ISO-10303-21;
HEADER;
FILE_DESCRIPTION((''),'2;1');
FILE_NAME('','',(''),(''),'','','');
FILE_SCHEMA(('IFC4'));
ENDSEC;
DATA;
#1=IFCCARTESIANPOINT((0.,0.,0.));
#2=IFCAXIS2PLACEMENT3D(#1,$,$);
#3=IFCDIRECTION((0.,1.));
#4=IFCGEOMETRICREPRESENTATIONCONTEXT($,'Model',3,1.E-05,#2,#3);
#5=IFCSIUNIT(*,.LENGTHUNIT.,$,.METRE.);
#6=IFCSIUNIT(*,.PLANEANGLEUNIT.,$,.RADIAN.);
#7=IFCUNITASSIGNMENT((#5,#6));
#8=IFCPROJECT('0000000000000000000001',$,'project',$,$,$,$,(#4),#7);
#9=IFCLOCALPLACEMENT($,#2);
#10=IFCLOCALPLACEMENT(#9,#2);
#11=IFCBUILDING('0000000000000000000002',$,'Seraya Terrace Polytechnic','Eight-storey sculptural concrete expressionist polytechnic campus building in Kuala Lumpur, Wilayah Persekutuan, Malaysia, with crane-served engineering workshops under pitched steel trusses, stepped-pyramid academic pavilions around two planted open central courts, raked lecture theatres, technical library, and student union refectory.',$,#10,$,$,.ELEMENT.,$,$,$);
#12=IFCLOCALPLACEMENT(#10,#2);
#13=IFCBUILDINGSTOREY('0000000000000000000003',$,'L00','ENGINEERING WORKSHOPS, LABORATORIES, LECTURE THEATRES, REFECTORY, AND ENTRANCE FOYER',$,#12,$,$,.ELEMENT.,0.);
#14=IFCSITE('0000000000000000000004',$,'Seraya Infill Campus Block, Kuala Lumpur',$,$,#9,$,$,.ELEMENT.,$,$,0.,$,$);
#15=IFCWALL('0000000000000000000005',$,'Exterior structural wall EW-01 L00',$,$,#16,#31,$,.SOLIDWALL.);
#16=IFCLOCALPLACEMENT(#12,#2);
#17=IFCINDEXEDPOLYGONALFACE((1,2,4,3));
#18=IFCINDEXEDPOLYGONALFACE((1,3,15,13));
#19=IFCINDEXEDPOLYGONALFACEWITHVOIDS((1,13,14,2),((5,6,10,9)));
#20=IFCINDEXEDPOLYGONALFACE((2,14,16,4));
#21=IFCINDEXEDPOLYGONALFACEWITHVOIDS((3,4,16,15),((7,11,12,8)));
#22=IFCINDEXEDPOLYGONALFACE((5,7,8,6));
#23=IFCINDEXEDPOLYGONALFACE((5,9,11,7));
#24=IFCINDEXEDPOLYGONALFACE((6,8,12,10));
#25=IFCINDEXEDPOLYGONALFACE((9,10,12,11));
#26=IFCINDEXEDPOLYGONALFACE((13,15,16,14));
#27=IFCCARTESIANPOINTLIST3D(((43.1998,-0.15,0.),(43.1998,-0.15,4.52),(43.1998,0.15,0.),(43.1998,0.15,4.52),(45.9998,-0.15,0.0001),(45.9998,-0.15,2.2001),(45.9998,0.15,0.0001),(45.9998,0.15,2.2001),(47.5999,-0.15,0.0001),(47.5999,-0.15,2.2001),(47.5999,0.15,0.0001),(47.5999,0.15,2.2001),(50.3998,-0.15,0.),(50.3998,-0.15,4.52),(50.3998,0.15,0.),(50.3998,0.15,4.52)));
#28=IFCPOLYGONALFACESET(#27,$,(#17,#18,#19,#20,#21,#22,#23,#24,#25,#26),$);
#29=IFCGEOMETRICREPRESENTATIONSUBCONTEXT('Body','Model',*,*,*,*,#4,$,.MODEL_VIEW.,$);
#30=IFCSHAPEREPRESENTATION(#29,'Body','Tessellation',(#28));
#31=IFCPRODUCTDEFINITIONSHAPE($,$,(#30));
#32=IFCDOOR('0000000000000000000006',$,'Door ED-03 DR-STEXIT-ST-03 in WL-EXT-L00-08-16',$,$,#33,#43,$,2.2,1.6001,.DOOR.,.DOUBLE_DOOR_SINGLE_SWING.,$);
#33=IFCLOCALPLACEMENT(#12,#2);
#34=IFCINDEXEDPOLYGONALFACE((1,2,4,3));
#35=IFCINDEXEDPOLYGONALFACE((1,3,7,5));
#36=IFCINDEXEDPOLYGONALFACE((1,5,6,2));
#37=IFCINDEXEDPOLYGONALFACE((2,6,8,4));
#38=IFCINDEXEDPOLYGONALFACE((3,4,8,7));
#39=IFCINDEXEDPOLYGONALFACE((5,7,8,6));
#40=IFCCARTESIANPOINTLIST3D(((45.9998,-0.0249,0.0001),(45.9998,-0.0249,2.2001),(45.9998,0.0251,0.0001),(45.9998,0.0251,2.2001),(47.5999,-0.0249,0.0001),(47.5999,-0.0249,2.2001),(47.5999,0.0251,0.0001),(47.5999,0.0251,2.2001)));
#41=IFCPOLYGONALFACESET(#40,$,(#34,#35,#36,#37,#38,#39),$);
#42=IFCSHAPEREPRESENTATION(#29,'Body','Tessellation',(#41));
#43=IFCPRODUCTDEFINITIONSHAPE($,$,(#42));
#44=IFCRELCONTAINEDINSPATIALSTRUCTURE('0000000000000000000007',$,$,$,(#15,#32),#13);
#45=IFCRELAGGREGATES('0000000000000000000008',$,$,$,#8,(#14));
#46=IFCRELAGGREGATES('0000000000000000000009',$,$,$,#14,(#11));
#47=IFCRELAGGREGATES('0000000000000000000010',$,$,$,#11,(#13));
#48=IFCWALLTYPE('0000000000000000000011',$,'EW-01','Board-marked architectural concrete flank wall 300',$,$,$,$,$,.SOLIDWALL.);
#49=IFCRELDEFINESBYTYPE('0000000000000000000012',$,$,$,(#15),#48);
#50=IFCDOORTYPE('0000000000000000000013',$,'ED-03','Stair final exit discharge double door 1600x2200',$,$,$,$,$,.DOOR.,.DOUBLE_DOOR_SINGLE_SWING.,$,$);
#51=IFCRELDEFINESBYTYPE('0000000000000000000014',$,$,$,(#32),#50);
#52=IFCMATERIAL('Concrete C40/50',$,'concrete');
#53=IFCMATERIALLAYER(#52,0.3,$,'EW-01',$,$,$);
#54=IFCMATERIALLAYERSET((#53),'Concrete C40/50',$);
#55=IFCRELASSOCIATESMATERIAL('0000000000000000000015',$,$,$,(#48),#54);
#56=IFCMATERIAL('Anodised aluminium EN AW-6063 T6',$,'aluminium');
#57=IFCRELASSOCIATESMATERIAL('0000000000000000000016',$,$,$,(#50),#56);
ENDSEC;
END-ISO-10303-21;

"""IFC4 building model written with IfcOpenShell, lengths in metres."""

from ifc_helpers import new_model, si_unit, direction, frame, frame_2d, origin, place, context, subcontext, project, spatial, rectangle, extrude, material, layer, layer_set, type_object, element, fill, save


model = new_model("IFC4")

# Units and contexts
model_context = context("Model", 3, precision=1e-05, world=origin(), true_north=direction((0.0, 1.0)))
body_context = subcontext(model_context, "Body", "Model", "MODEL_VIEW")
ifc_project = project(units=[si_unit("LENGTHUNIT", "METRE"), si_unit("PLANEANGLEUNIT", "RADIAN")], contexts=[model_context])

# Site, building, storey
site_placement = place(None, origin())
site = spatial("IfcSite", under=ifc_project, at=site_placement, Name="Seraya Infill Campus Block, Kuala Lumpur", CompositionType="ELEMENT", RefElevation=0.0)
building_placement = place(site_placement, origin())
building = spatial("IfcBuilding", under=site, at=building_placement, Name="Seraya Terrace Polytechnic", Description="Eight-storey sculptural concrete expressionist polytechnic campus building in Kuala Lumpur, Wilayah Persekutuan, Malaysia, with crane-served engineering workshops under pitched steel trusses, stepped-pyramid academic pavilions around two planted open central courts, raked lecture theatres, technical library, and student union refectory.", CompositionType="ELEMENT")
storey_placement = place(building_placement, origin())
storey = spatial("IfcBuildingStorey", under=building, at=storey_placement, Name="L00", Description="ENGINEERING WORKSHOPS, LABORATORIES, LECTURE THEATRES, REFECTORY, AND ENTRANCE FOYER", CompositionType="ELEMENT", Elevation=0.0)

# Shared definitions
ifc_material_1 = material(Name="Concrete C40/50", Category="concrete")

# Shared definitions
ifc_layer = layer(ifc_material_1, 0.3, Name="EW-01")
ifc_layer_set = layer_set([ifc_layer], Name="Concrete C40/50")
wall_type = type_object("IfcWallType", Name="EW-01", Description="Board-marked architectural concrete flank wall 300", PredefinedType="SOLIDWALL", material=ifc_layer_set)

# Wall, opening, door
wall_1_placement = place(storey_placement, frame((50.3999, 0.0, 0.0), z_axis=(0.0, 0.0, 1.0), x_axis=(-1.0, 0.0, 0.0)))
wall_1 = element("IfcWall", 1, at=wall_1_placement, inside=storey, type_object=wall_type, Name="Exterior structural wall EW-01 L00", PredefinedType="SOLIDWALL", context=body_context, shape_type="SweptSolid", body=[
    extrude(rectangle(XDim=7.2, YDim=0.3, at=frame_2d((3.6001, 0.0))), origin(), (0.0, 0.0, 1.0), 4.52),
])
opening_1_placement = place(wall_1_placement, frame((2.8, 0.0, 0.0)))
opening_1 = element("IfcOpeningElement", 2, at=opening_1_placement, cuts=wall_1, PredefinedType="OPENING", context=body_context, shape_type="SweptSolid", body=[
    extrude(rectangle(XDim=1.6001, YDim=2.2, at=frame_2d((0.8, 1.1001))), frame((0.0, 0.1621, 0.0), z_axis=(0.0, -1.0, 0.0), x_axis=(1.0, 0.0, 0.0)), (0.0, 0.0, 1.0), 0.324),
])
ifc_material_2 = material(Name="Anodised aluminium EN AW-6063 T6", Category="aluminium")
door_type = type_object("IfcDoorType", Name="ED-03", Description="Stair final exit discharge double door 1600x2200", OperationType="DOUBLE_DOOR_SINGLE_SWING", PredefinedType="DOOR", material=ifc_material_2)
door_placement = place(opening_1_placement, origin())
door = element("IfcDoor", 3, at=door_placement, inside=storey, type_object=door_type, Name="Door ED-03 DR-STEXIT-ST-03 in WL-EXT-L00-08-16", OperationType="DOUBLE_DOOR_SINGLE_SWING", OverallHeight=2.2, OverallWidth=1.6001, PredefinedType="DOOR", context=body_context, shape_type="SweptSolid", body=[
    extrude(rectangle(XDim=1.6001, YDim=2.2, at=frame_2d((0.8, 1.1001))), frame((0.0, 0.0249, 0.0), z_axis=(0.0, -1.0, 0.0), x_axis=(1.0, 0.0, 0.0)), (0.0, 0.0, 1.0), 0.05),
])
fill(opening_1, door)

save(model, "model.ifc")
